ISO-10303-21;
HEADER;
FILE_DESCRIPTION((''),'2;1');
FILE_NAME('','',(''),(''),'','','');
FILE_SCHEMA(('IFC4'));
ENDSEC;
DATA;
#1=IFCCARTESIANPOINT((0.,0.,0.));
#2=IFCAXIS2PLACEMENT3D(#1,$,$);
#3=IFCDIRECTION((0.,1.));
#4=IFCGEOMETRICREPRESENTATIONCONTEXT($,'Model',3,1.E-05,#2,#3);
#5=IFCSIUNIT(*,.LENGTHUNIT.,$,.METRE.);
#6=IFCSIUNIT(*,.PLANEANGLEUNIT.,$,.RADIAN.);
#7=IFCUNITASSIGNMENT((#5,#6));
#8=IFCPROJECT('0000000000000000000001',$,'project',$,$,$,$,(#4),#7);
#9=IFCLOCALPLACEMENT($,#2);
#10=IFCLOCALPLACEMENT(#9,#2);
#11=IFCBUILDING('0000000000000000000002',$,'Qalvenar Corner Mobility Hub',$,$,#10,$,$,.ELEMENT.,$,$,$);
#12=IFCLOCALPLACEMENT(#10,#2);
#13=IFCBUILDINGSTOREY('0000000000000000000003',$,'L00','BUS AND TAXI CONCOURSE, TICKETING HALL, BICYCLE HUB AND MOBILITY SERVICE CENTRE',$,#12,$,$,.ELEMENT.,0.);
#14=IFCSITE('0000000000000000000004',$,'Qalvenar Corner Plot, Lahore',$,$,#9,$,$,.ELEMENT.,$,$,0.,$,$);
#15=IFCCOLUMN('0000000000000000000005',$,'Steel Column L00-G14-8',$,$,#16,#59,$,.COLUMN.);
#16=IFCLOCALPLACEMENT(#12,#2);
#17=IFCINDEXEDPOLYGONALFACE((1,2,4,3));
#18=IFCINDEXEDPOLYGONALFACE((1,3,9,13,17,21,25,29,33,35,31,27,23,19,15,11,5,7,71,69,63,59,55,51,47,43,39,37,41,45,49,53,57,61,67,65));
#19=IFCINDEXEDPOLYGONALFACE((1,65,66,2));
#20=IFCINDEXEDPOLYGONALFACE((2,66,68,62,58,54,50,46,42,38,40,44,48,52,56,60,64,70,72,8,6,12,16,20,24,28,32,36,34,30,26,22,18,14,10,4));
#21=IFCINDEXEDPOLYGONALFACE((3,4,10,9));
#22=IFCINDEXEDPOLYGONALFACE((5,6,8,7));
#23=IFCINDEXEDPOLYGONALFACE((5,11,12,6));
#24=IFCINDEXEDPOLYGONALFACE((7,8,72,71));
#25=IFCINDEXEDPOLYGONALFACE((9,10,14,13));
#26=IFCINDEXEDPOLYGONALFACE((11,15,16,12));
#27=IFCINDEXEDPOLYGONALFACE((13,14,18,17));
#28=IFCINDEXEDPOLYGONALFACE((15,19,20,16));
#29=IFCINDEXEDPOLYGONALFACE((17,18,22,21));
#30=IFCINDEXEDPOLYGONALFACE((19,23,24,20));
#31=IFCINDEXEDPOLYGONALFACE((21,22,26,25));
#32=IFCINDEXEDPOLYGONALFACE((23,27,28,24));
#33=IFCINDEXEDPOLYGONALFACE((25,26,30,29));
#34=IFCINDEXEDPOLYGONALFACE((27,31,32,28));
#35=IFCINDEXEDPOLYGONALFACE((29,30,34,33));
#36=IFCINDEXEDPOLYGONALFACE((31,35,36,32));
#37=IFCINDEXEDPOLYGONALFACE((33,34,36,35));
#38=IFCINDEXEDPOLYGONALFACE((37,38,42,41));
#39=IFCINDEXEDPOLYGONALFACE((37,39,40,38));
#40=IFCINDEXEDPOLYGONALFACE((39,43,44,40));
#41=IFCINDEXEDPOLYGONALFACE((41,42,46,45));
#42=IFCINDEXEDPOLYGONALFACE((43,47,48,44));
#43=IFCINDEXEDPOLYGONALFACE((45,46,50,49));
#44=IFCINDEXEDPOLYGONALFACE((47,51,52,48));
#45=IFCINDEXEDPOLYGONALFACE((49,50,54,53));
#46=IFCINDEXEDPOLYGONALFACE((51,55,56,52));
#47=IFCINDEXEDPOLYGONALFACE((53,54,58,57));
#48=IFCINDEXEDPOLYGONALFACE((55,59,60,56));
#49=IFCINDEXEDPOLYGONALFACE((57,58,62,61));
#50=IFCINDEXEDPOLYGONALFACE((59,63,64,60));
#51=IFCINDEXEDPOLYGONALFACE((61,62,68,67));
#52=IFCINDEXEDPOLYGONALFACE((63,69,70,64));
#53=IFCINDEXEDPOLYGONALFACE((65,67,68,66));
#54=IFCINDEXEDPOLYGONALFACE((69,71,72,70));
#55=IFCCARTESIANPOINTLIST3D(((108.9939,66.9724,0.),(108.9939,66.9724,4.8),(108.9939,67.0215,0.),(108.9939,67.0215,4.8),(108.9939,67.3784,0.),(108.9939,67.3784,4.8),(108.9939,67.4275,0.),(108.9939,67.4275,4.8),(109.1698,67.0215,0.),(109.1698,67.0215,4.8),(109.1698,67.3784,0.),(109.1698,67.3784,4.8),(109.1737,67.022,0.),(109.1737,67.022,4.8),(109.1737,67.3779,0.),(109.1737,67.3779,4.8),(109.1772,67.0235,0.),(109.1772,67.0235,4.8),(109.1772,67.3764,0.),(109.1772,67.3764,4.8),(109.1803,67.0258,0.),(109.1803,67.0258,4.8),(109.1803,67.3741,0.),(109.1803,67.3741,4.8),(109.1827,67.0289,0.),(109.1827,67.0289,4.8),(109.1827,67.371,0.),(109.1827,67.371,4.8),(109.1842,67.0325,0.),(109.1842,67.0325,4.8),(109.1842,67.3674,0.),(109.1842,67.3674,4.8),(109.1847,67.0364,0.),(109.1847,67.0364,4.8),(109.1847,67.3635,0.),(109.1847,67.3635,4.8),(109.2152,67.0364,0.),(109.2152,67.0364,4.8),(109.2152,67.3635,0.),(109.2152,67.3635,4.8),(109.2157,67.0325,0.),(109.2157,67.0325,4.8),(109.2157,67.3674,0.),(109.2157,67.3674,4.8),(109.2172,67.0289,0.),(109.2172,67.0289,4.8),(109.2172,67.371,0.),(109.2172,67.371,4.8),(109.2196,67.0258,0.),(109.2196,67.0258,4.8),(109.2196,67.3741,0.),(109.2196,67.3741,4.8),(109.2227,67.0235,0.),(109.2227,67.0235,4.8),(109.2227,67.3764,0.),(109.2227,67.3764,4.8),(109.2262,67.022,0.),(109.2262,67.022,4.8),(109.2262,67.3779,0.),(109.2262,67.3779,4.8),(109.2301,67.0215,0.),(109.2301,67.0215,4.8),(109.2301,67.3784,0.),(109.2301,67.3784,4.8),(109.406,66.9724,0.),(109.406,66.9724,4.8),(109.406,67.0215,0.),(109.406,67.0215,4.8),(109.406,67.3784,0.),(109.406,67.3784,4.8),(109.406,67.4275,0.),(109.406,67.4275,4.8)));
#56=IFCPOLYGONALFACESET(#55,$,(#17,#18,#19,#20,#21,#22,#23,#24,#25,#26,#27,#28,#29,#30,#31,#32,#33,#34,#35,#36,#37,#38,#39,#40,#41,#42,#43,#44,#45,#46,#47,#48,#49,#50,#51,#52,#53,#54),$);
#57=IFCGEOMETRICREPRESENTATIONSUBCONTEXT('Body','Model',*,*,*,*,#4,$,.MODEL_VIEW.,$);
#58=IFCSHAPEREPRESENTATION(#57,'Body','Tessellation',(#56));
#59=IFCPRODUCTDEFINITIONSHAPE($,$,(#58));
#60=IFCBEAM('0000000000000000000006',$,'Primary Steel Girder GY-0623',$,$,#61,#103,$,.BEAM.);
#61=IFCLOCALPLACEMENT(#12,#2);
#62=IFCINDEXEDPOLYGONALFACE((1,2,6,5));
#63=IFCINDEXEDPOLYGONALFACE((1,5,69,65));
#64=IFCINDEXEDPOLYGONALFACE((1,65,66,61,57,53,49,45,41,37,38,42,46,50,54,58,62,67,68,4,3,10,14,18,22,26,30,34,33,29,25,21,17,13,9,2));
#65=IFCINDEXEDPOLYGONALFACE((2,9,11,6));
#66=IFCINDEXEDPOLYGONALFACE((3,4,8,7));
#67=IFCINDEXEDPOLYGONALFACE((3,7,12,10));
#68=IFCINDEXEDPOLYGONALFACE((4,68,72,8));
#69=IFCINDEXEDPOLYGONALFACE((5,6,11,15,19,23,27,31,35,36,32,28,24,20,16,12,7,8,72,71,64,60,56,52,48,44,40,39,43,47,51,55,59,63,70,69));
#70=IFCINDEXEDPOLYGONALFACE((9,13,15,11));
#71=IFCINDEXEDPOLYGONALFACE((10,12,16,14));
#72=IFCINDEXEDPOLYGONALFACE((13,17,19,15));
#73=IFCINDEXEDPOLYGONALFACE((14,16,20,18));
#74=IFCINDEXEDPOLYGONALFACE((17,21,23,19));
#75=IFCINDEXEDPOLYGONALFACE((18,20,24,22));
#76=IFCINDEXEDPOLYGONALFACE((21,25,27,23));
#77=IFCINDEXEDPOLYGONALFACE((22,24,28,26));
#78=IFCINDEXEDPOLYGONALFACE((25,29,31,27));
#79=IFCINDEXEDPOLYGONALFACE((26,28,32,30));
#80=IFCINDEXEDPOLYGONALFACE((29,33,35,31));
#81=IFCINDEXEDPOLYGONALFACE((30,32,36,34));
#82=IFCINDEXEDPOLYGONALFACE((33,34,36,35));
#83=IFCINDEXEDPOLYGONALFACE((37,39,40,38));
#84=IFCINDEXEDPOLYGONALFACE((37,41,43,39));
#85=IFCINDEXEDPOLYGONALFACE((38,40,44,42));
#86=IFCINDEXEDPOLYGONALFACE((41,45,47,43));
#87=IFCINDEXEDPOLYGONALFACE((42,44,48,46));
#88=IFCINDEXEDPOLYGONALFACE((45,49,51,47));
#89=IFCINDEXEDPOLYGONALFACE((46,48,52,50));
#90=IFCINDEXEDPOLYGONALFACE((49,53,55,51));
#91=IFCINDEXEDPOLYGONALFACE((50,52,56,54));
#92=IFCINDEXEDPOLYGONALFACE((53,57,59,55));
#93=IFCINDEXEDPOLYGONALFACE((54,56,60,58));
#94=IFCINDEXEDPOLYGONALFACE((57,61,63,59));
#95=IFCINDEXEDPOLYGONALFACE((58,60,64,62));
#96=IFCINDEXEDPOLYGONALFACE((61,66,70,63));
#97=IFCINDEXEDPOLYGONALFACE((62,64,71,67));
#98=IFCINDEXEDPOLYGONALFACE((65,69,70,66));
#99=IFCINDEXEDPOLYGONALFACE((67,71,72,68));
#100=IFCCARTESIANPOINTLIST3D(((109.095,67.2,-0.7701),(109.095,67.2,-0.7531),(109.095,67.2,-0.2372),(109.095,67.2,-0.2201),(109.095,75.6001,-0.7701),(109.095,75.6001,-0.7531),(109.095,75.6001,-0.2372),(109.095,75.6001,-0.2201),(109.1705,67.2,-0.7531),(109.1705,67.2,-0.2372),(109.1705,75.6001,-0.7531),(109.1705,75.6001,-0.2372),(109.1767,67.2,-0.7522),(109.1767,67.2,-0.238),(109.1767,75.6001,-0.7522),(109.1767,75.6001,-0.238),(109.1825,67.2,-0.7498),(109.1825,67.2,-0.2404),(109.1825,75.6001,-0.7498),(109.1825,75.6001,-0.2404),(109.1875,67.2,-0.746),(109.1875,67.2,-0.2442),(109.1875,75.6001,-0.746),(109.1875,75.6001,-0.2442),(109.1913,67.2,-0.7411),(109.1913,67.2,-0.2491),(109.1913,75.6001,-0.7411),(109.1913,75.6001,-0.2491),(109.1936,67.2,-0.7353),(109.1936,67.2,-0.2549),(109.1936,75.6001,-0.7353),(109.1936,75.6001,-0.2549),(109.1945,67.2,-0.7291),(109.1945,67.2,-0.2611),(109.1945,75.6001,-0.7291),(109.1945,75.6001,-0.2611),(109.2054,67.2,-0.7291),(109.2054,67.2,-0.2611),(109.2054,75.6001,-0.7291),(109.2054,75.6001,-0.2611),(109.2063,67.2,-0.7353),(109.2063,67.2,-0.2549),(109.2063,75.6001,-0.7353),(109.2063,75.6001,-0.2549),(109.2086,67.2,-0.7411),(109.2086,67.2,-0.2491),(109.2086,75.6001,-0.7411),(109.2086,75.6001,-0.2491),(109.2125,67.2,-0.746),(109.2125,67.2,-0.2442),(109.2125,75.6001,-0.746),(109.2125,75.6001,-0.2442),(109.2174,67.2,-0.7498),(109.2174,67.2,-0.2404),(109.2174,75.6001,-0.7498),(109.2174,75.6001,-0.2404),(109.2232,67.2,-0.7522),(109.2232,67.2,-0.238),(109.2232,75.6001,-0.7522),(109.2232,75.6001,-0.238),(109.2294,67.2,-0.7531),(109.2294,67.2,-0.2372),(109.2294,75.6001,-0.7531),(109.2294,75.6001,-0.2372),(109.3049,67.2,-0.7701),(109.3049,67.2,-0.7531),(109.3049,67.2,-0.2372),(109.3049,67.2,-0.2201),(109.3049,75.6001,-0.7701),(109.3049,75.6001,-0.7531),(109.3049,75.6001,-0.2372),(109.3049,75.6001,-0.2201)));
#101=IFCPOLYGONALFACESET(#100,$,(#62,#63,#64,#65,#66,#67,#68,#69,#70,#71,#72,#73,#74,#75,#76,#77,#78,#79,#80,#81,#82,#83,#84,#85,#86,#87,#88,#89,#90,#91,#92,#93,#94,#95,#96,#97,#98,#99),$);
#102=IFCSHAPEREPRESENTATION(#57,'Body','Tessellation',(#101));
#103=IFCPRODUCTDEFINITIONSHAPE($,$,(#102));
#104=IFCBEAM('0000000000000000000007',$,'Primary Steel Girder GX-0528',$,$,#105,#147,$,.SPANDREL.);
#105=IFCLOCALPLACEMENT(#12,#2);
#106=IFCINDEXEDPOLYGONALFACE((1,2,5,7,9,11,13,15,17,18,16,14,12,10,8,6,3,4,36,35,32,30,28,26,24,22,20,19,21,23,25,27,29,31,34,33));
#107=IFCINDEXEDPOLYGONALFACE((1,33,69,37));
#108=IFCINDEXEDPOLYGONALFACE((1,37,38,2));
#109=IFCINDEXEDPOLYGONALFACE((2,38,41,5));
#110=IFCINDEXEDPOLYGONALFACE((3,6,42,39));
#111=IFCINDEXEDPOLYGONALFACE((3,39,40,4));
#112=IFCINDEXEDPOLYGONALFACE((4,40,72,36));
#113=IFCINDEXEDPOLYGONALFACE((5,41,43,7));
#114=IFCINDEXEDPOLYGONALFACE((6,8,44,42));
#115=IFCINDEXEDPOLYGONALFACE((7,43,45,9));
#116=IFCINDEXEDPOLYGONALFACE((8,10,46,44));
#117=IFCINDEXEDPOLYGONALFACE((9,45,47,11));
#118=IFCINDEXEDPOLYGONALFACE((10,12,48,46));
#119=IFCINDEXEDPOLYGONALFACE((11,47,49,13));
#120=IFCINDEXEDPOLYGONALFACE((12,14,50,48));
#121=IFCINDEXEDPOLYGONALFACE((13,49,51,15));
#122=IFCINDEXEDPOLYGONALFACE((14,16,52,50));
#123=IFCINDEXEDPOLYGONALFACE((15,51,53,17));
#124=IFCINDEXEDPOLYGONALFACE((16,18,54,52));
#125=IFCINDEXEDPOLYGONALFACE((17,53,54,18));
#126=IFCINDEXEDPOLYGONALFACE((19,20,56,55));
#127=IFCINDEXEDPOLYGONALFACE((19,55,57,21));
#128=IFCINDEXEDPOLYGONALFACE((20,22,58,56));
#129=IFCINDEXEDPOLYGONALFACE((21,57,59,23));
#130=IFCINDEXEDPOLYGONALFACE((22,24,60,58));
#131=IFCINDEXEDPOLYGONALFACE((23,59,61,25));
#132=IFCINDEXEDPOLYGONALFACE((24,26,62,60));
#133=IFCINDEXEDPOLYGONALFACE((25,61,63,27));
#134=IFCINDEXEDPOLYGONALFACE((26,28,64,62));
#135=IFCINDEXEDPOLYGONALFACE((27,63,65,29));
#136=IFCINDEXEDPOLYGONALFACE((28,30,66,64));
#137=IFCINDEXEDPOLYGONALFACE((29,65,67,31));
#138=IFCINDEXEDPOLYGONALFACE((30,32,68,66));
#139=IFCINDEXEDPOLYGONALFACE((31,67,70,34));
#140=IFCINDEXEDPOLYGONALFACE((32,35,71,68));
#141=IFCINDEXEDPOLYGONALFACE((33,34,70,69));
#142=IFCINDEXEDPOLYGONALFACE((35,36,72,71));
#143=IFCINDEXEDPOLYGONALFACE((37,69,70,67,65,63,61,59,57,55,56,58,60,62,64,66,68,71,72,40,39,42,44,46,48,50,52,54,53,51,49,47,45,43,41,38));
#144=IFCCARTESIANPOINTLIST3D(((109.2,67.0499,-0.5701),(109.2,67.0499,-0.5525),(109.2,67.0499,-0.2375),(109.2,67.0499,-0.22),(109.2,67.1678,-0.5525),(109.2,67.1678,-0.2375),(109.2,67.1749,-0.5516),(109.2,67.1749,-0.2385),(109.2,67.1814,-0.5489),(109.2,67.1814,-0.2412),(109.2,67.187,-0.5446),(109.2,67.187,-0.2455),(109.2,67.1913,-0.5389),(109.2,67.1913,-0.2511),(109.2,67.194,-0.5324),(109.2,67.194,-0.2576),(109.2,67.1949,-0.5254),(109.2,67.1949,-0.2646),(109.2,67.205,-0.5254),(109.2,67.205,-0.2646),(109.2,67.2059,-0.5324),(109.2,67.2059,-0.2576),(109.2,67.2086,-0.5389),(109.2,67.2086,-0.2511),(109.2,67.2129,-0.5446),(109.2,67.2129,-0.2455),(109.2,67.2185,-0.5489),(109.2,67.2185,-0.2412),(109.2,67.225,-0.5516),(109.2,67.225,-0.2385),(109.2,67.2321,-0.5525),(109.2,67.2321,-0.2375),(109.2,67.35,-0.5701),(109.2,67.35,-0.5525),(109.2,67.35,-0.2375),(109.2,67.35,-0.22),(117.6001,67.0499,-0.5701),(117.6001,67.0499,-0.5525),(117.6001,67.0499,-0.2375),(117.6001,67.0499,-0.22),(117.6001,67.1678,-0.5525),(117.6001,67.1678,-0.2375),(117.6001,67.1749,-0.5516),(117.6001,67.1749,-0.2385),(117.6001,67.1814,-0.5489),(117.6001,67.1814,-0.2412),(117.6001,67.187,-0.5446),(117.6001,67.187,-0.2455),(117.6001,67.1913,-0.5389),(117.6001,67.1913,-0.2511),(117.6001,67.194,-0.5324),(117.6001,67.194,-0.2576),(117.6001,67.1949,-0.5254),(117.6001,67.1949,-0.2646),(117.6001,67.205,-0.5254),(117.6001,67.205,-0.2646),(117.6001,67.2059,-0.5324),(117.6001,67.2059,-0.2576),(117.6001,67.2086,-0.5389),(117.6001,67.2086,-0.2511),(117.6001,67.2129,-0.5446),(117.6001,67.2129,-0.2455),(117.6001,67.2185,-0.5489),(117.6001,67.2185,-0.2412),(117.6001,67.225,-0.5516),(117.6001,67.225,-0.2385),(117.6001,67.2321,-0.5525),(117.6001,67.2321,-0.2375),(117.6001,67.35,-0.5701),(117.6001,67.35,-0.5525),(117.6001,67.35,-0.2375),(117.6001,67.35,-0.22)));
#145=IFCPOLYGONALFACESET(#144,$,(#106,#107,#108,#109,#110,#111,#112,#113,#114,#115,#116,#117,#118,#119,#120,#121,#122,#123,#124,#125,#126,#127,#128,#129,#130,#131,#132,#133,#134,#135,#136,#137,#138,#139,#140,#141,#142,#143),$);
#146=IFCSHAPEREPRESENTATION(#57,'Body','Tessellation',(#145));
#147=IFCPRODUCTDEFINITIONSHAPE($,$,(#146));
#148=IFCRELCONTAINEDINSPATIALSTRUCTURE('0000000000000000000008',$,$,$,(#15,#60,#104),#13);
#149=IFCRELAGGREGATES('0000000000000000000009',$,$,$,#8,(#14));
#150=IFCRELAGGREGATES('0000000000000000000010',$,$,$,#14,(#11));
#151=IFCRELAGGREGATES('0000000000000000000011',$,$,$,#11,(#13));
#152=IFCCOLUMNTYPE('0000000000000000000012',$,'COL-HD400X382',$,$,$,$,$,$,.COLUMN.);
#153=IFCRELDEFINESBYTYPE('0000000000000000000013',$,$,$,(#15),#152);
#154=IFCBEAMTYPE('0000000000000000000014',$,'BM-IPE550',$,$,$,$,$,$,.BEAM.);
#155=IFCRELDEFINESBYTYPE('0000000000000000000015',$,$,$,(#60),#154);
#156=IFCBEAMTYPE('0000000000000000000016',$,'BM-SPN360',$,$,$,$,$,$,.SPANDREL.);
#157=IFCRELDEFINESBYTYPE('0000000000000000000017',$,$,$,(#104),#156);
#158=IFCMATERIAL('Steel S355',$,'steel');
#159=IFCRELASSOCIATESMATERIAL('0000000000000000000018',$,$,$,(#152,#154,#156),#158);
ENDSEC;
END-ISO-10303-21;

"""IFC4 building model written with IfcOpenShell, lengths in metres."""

from ifc_helpers import new_model, si_unit, direction, frame, origin, origin_2d, place, context, subcontext, project, spatial, i_section, extrude, material, material_profile, profile_set, type_object, element, save


model = new_model("IFC4")

# Units and contexts
model_context = context("Model", 3, precision=1e-05, world=origin(), true_north=direction((0.0, 1.0)))
body_context = subcontext(model_context, "Body", "Model", "MODEL_VIEW")
ifc_project = project(units=[si_unit("LENGTHUNIT", "METRE"), si_unit("PLANEANGLEUNIT", "RADIAN")], contexts=[model_context])

# Site, building, storey
site_placement = place(None, origin())
site = spatial("IfcSite", under=ifc_project, at=site_placement, Name="Qalvenar Corner Plot, Lahore", CompositionType="ELEMENT", RefElevation=0.0)
building_placement = place(site_placement, origin())
building = spatial("IfcBuilding", under=site, at=building_placement, Name="Qalvenar Corner Mobility Hub", CompositionType="ELEMENT")
storey_placement = place(building_placement, origin())
storey = spatial("IfcBuildingStorey", under=building, at=storey_placement, Name="L00", Description="BUS AND TAXI CONCOURSE, TICKETING HALL, BICYCLE HUB AND MOBILITY SERVICE CENTRE", CompositionType="ELEMENT", Elevation=0.0)

# Column
ifc_material_1 = material(Name="Steel S355", Category="steel")
ifc_material_profile_1 = material_profile(ifc_material_1, i_section(OverallWidth=0.4121, OverallDepth=0.4551, WebThickness=0.0305, FlangeThickness=0.0491, FilletRadius=0.0149, at=origin_2d()), Name="HD400x421")
ifc_profile_set_1 = profile_set([ifc_material_profile_1], Name="Steel S355")
column_type = type_object("IfcColumnType", Name="COL-HD400X382", PredefinedType="COLUMN", material=ifc_profile_set_1)
column_placement = place(storey_placement, frame((109.2, 67.2, 0.0), z_axis=(0.0, 0.0, 1.0), x_axis=(1.0, 0.0, 0.0)))
element("IfcColumn", 1, at=column_placement, inside=storey, type_object=column_type, Name="Steel Column L00-G14-8", PredefinedType="COLUMN", context=body_context, shape_type="SweptSolid", body=[
    extrude(i_section(OverallWidth=0.4121, OverallDepth=0.4551, WebThickness=0.0305, FlangeThickness=0.0491, FilletRadius=0.0149, at=origin_2d()), origin(), (0.0, 0.0, 1.0), 4.8),
])

# Beams
ifc_material_profile_2 = material_profile(ifc_material_1, i_section(OverallWidth=0.21, OverallDepth=0.55, WebThickness=0.011, FlangeThickness=0.0171, FilletRadius=0.0239, at=origin_2d()), Name="IPE550")
ifc_profile_set_2 = profile_set([ifc_material_profile_2], Name="Steel S355")
beam_type_1 = type_object("IfcBeamType", Name="BM-IPE550", PredefinedType="BEAM", material=ifc_profile_set_2)
beam_1_placement = place(storey_placement, frame((109.2, 67.2, -0.4951), z_axis=(0.0, 1.0, 0.0), x_axis=(-1.0, 0.0, 0.0)))
element("IfcBeam", 2, at=beam_1_placement, inside=storey, type_object=beam_type_1, Name="Primary Steel Girder GY-0623", PredefinedType="BEAM", context=body_context, shape_type="SweptSolid", body=[
    extrude(i_section(OverallWidth=0.21, OverallDepth=0.55, WebThickness=0.011, FlangeThickness=0.0171, FilletRadius=0.0239, at=origin_2d()), origin(), (0.0, 0.0, 1.0), 8.4001),
])
ifc_material_profile_3 = material_profile(ifc_material_1, i_section(OverallWidth=0.3, OverallDepth=0.3501, WebThickness=0.01, FlangeThickness=0.0176, FilletRadius=0.0271, at=origin_2d()), Name="HEA360")
ifc_profile_set_3 = profile_set([ifc_material_profile_3], Name="Steel S355")
beam_type_2 = type_object("IfcBeamType", Name="BM-SPN360", PredefinedType="SPANDREL", material=ifc_profile_set_3)
beam_2_placement = place(storey_placement, frame((109.2, 67.2, -0.395), z_axis=(1.0, 0.0, 0.0), x_axis=(0.0, 1.0, 0.0)))
element("IfcBeam", 3, at=beam_2_placement, inside=storey, type_object=beam_type_2, Name="Primary Steel Girder GX-0528", PredefinedType="SPANDREL", context=body_context, shape_type="SweptSolid", body=[
    extrude(i_section(OverallWidth=0.3, OverallDepth=0.3501, WebThickness=0.01, FlangeThickness=0.0176, FilletRadius=0.0271, at=origin_2d()), origin(), (0.0, 0.0, 1.0), 8.4001),
])

save(model, "model.ifc")
